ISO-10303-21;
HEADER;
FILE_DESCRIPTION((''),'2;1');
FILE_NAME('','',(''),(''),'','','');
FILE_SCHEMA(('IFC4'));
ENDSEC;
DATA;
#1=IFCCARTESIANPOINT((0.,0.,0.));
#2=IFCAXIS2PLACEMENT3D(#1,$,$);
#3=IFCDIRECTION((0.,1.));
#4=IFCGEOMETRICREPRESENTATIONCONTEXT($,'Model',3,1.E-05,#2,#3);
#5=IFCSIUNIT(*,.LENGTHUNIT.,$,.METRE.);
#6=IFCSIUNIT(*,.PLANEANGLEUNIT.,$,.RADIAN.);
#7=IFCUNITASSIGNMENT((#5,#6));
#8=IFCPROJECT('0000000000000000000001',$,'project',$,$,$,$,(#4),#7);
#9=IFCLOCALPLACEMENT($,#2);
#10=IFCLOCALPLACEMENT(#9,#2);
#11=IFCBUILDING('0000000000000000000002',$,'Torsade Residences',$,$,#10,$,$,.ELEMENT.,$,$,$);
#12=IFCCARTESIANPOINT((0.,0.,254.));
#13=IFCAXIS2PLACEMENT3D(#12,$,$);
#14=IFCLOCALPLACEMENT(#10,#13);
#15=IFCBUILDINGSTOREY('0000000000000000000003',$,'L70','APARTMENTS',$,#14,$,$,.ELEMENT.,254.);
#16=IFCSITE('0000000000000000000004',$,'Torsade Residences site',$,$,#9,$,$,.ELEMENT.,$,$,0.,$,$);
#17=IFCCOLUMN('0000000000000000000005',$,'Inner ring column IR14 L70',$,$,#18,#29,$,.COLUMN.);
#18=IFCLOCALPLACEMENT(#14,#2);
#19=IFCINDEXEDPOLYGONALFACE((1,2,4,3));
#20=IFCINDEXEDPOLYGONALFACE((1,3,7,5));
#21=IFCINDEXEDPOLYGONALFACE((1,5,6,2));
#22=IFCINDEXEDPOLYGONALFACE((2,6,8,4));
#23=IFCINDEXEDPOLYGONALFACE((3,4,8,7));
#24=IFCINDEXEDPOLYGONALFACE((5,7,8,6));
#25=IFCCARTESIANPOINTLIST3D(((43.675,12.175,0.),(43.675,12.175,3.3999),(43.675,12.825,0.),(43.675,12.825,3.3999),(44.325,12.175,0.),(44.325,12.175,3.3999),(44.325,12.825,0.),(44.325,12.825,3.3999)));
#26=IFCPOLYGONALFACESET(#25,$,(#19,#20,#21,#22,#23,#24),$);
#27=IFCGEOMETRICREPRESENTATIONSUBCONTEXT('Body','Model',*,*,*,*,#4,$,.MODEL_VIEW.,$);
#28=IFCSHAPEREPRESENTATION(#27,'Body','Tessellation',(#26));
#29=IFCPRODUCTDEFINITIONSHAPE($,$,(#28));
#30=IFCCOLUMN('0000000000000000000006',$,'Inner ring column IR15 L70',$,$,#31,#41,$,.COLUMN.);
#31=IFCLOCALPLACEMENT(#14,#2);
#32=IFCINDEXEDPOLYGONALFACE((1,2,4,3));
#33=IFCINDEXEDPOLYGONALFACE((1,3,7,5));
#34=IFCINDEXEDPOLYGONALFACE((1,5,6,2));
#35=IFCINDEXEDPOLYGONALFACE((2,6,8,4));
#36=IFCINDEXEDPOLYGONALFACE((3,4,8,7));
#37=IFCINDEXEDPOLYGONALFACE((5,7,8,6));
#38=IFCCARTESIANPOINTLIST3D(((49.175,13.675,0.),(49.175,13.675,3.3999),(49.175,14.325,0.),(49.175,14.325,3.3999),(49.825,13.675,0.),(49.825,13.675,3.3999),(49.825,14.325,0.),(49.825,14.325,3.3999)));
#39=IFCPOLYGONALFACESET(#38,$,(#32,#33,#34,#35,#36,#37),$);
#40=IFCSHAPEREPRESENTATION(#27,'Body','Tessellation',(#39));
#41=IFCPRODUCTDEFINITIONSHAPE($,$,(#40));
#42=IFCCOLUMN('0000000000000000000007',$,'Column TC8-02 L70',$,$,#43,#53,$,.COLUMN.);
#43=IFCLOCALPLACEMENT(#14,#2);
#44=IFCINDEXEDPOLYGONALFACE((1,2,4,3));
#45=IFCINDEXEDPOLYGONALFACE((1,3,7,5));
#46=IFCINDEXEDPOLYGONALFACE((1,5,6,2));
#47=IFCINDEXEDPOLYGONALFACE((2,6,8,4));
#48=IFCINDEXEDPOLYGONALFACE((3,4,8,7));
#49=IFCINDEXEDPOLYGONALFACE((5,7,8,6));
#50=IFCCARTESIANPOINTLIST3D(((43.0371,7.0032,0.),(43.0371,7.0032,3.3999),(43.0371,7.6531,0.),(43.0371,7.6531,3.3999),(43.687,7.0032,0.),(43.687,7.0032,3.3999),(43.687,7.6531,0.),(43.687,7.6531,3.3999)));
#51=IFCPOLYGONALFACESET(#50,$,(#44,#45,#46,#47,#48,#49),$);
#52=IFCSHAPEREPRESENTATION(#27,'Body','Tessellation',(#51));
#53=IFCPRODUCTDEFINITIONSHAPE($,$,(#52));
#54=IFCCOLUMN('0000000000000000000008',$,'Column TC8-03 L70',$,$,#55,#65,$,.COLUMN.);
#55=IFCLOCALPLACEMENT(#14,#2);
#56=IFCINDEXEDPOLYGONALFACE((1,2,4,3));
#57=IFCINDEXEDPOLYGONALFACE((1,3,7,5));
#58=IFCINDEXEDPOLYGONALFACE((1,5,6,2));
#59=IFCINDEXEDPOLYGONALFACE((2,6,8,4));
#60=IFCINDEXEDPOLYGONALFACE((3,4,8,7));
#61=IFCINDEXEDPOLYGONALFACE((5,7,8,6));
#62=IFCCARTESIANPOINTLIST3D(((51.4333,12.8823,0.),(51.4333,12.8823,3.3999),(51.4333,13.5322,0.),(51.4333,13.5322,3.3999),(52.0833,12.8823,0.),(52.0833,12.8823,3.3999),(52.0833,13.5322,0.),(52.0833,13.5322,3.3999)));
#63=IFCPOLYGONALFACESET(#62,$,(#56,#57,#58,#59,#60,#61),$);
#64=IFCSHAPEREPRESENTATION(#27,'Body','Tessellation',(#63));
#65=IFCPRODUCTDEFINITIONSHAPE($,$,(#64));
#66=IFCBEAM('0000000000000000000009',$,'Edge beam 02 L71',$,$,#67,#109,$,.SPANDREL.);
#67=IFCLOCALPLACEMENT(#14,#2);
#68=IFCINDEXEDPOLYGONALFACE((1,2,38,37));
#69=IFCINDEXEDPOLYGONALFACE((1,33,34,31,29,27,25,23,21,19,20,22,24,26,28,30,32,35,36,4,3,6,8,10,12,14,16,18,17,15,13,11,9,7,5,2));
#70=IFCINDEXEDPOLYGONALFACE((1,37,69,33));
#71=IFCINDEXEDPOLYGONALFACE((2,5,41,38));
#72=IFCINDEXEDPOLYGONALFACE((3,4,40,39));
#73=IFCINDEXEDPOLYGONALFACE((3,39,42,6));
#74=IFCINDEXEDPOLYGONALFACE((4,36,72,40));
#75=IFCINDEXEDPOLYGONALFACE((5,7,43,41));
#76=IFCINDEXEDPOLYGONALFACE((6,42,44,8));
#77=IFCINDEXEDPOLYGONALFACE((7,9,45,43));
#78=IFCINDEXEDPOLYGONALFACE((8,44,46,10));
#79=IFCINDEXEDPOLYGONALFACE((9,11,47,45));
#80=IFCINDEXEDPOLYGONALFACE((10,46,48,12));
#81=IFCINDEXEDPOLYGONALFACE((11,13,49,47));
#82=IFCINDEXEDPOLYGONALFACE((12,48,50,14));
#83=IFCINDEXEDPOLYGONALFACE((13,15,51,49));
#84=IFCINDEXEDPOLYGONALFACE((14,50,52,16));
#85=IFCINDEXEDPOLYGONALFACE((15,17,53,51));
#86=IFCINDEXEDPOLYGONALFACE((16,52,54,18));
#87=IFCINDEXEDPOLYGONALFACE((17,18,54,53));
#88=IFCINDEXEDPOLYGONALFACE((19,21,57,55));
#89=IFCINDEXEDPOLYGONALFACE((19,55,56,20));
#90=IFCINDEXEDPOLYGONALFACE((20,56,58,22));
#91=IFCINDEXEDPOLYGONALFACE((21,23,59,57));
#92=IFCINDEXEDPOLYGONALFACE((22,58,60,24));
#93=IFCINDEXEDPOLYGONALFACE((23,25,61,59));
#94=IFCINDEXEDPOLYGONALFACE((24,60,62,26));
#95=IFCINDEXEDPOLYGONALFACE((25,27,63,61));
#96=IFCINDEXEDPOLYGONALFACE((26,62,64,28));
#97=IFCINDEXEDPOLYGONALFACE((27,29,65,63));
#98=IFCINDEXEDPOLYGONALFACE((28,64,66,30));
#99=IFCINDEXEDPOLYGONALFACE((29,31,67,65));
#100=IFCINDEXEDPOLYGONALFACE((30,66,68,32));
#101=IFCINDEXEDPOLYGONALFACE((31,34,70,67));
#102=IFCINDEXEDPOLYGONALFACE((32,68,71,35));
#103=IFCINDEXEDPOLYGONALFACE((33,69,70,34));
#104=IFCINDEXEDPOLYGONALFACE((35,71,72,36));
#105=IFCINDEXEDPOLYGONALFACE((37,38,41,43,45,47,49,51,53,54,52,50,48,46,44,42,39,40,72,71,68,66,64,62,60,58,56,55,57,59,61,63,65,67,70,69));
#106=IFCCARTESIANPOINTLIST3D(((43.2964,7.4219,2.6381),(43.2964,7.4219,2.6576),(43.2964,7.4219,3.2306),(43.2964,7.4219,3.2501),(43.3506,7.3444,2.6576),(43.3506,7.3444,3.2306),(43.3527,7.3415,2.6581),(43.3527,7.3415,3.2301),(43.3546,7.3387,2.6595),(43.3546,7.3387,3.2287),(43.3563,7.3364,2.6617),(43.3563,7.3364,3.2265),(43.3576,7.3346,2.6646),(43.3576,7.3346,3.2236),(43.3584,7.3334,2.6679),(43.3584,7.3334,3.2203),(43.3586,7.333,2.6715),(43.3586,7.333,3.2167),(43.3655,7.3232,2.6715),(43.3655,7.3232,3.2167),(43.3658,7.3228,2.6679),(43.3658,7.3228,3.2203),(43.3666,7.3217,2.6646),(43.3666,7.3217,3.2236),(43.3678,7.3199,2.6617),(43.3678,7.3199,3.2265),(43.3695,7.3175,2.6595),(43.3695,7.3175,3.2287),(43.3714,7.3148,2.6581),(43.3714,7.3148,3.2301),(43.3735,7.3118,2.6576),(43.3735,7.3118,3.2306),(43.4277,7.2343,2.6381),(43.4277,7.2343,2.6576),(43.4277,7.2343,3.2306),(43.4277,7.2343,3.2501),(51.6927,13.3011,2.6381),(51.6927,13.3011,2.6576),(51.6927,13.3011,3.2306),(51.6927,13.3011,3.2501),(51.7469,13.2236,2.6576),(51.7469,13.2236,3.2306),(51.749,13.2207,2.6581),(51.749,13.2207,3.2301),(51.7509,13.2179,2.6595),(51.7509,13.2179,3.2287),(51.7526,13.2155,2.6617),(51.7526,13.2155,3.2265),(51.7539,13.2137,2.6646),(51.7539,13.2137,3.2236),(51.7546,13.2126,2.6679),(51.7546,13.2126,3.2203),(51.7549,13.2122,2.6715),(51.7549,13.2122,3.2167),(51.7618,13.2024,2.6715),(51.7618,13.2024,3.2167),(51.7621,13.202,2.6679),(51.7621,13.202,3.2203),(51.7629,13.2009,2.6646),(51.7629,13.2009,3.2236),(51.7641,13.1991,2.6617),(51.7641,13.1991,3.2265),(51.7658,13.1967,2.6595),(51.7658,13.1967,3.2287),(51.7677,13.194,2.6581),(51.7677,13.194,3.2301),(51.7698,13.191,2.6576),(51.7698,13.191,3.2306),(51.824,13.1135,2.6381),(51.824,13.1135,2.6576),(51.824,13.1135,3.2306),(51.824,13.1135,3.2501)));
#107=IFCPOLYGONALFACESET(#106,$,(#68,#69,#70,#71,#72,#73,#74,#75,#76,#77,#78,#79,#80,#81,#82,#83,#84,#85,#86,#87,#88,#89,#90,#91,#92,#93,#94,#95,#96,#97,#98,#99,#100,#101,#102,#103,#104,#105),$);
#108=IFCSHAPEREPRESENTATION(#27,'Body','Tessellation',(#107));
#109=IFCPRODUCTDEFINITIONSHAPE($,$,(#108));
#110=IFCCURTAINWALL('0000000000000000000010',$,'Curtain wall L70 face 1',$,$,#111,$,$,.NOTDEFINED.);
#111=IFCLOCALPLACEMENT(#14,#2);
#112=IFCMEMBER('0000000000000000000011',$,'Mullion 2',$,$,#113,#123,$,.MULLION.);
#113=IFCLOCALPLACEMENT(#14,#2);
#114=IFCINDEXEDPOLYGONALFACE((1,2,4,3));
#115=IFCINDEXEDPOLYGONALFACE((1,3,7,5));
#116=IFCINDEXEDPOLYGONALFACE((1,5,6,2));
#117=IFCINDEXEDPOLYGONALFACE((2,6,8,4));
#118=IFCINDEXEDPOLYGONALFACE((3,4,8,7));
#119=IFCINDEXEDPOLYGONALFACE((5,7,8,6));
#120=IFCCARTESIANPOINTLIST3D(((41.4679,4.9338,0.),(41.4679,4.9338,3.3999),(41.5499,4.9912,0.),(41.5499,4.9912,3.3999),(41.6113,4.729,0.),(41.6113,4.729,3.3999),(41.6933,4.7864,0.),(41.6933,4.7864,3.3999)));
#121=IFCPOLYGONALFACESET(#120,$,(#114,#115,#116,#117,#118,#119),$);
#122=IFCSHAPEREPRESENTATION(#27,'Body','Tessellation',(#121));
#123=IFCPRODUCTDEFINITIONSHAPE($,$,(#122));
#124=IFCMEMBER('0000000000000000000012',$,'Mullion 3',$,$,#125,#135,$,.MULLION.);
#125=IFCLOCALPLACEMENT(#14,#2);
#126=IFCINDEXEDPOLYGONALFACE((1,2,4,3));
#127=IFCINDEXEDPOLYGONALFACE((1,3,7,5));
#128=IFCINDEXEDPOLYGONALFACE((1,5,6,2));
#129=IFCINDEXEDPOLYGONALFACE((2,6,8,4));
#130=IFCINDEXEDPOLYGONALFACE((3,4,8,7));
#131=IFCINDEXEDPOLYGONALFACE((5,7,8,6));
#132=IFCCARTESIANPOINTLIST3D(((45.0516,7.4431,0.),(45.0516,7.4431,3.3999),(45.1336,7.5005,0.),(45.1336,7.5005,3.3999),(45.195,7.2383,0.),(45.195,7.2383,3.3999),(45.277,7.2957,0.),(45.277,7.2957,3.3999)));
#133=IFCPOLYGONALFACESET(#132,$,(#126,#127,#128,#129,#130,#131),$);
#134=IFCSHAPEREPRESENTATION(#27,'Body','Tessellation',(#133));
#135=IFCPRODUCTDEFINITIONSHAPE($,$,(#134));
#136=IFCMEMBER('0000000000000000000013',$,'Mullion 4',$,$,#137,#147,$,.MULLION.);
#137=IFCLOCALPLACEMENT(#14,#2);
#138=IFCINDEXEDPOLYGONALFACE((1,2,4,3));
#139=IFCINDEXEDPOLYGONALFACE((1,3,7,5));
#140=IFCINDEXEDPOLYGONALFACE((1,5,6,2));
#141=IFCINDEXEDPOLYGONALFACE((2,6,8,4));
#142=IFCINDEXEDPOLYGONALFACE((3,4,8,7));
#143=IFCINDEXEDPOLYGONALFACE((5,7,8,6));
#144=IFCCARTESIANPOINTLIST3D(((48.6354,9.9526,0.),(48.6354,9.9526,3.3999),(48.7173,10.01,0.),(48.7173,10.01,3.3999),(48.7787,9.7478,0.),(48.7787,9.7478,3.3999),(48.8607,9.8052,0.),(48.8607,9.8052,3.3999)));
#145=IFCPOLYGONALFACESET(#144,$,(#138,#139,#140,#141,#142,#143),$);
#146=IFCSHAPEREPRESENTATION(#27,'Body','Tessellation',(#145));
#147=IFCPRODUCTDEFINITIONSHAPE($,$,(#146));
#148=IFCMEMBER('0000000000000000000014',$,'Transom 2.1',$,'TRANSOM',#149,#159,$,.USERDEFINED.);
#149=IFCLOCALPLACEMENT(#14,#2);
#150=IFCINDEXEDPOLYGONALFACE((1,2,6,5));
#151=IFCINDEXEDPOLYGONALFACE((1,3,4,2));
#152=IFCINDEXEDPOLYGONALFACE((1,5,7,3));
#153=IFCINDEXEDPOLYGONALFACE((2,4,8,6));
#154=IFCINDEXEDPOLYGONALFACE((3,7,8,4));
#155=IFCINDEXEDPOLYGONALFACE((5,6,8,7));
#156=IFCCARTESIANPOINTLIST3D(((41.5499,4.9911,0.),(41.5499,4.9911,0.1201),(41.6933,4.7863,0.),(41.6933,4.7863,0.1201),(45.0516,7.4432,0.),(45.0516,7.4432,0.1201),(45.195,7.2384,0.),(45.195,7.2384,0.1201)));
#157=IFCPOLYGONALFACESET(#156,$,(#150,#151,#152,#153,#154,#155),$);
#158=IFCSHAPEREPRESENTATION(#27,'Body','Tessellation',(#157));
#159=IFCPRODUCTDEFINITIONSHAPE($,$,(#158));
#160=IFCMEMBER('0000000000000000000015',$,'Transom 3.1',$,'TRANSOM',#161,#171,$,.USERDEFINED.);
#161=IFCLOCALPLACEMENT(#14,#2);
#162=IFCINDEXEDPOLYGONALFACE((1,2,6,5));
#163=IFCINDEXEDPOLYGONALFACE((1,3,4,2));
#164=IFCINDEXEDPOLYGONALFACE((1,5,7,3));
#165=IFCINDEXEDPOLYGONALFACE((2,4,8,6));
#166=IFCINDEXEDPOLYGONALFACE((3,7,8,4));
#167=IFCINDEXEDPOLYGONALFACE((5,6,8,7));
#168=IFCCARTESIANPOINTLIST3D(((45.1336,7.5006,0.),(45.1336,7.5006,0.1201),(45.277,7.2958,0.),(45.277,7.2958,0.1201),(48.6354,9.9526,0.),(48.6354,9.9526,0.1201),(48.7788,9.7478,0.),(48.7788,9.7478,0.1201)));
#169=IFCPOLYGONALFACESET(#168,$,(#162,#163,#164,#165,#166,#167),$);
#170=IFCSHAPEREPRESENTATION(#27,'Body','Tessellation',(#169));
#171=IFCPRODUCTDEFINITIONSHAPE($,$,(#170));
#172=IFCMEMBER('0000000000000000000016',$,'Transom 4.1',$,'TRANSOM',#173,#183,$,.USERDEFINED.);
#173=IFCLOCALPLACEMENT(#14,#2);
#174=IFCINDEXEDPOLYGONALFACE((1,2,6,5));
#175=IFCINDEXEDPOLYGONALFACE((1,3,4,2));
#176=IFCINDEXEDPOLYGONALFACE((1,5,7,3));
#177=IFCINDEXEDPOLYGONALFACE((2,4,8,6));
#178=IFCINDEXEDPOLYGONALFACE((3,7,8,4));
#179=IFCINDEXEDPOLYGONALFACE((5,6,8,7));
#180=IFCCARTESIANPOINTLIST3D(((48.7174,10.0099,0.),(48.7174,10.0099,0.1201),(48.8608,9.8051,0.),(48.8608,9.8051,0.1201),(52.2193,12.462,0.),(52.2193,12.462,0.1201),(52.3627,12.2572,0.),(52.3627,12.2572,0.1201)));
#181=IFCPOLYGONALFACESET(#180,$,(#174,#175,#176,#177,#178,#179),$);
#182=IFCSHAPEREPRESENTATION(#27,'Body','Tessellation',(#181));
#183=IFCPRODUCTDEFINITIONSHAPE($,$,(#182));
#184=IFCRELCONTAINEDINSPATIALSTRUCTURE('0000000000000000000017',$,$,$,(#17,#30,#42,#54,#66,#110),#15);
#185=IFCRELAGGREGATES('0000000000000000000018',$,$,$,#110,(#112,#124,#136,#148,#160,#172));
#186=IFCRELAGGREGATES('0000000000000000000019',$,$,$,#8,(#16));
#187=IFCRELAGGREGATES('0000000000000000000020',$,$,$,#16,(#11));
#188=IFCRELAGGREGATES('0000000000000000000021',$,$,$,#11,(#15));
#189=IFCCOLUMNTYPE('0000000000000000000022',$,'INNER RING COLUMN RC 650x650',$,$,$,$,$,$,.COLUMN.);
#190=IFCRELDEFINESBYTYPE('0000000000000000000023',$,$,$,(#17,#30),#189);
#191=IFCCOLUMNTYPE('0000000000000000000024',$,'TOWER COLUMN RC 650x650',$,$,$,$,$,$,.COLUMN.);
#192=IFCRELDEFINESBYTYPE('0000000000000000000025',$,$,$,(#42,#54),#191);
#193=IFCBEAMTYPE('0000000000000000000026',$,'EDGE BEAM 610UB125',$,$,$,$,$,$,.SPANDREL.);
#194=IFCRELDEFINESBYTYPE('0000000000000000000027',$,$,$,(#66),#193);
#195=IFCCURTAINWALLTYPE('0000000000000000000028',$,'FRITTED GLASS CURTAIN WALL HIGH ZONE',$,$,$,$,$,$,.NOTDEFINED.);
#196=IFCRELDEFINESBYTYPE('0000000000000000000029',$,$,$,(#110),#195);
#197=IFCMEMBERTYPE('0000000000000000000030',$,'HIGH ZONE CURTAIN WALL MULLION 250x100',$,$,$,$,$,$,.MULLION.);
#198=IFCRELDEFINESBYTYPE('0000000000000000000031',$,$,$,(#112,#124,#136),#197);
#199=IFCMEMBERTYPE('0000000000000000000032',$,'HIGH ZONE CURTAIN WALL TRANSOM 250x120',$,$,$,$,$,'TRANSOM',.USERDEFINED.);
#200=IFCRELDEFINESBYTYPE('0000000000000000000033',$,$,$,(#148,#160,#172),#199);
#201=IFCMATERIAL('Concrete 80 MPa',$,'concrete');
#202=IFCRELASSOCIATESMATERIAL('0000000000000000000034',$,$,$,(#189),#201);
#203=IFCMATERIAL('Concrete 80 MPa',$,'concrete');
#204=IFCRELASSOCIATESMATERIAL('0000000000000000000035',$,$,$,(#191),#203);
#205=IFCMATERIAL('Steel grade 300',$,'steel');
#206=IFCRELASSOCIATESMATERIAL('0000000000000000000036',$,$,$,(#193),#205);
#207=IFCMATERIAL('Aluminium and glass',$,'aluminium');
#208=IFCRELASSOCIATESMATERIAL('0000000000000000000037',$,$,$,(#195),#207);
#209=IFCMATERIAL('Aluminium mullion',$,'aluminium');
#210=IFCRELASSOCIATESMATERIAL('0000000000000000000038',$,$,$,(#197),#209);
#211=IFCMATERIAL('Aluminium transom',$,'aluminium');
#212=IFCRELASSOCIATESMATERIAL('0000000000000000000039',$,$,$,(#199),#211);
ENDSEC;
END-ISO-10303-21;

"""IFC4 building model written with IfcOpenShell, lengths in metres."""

from ifc_helpers import new_model, si_unit, direction, frame, origin, origin_2d, place, context, subcontext, project, spatial, rectangle, i_section, extrude, material, material_profile, profile_set, type_object, element, aggregate, save


model = new_model("IFC4")

# Units and contexts
model_context = context("Model", 3, precision=1e-05, world=origin(), true_north=direction((0.0, 1.0)))
body_context = subcontext(model_context, "Body", "Model", "MODEL_VIEW")
ifc_project = project(units=[si_unit("LENGTHUNIT", "METRE"), si_unit("PLANEANGLEUNIT", "RADIAN")], contexts=[model_context])

# Site, building, storey
site_placement = place(None, origin())
site = spatial("IfcSite", under=ifc_project, at=site_placement, Name="Torsade Residences site", CompositionType="ELEMENT", RefElevation=0.0)
building_placement = place(site_placement, origin())
building = spatial("IfcBuilding", under=site, at=building_placement, Name="Torsade Residences", CompositionType="ELEMENT")
storey_placement = place(building_placement, frame((0.0, 0.0, 254.0)))
storey = spatial("IfcBuildingStorey", under=building, at=storey_placement, Name="L70", Description="APARTMENTS", CompositionType="ELEMENT", Elevation=254.0)

# Columns
ifc_material_1 = material(Name="Concrete 80 MPa", Category="concrete")
ifc_material_profile_1 = material_profile(ifc_material_1, rectangle(XDim=0.6499, YDim=0.6499, at=origin_2d()), Name="RC 650x650")
ifc_profile_set_1 = profile_set([ifc_material_profile_1], Name="Concrete 80 MPa")
column_type_1 = type_object("IfcColumnType", Name="INNER RING COLUMN RC 650x650", PredefinedType="COLUMN", material=ifc_profile_set_1)
for number, where, z_axis, x_axis, name in (
    (1, (44.0, 12.5, 0.0), (0.0, 0.0, 1.0), (1.0, 0.0, 0.0), "Inner ring column IR14 L70"),
    (2, (49.5, 14.0, 0.0), (0.0, 0.0, 1.0), (1.0, 0.0, 0.0), "Inner ring column IR15 L70"),
):
    element("IfcColumn", number, at=place(storey_placement, frame(where, z_axis=z_axis, x_axis=x_axis)), inside=storey, type_object=column_type_1, Name=name, PredefinedType="COLUMN", context=body_context, shape_type="SweptSolid", body=[
        extrude(rectangle(XDim=0.6499, YDim=0.6499, at=origin_2d()), origin(), (0.0, 0.0, 1.0), 3.3999),
    ])
ifc_material_2 = material(Name="Concrete 80 MPa", Category="concrete")
ifc_material_profile_2 = material_profile(ifc_material_2, rectangle(XDim=0.6499, YDim=0.6499, at=origin_2d()), Name="RC 650x650")
ifc_profile_set_2 = profile_set([ifc_material_profile_2], Name="Concrete 80 MPa")
column_type_2 = type_object("IfcColumnType", Name="TOWER COLUMN RC 650x650", PredefinedType="COLUMN", material=ifc_profile_set_2)
for number, where, z_axis, x_axis, name in (
    (3, (43.3621, 7.3281, 0.0), (0.0, 0.0, 1.0), (1.0, 0.0, 0.0), "Column TC8-02 L70"),
    (4, (51.7583, 13.2073, 0.0), (0.0, 0.0, 1.0), (1.0, 0.0, 0.0), "Column TC8-03 L70"),
):
    element("IfcColumn", number, at=place(storey_placement, frame(where, z_axis=z_axis, x_axis=x_axis)), inside=storey, type_object=column_type_2, Name=name, PredefinedType="COLUMN", context=body_context, shape_type="SweptSolid", body=[
        extrude(rectangle(XDim=0.6499, YDim=0.6499, at=origin_2d()), origin(), (0.0, 0.0, 1.0), 3.3999),
    ])

# Beam
ifc_material_3 = material(Name="Steel grade 300", Category="steel")
ifc_material_profile_3 = material_profile(ifc_material_3, i_section(OverallWidth=0.229, OverallDepth=0.6121, WebThickness=0.012, FlangeThickness=0.0195, FilletRadius=0.0139, at=origin_2d()), Name="610UB125")
ifc_profile_set_3 = profile_set([ifc_material_profile_3], Name="Steel grade 300")
beam_type_1 = type_object("IfcBeamType", Name="EDGE BEAM 610UB125", PredefinedType="SPANDREL", material=ifc_profile_set_3)
beam_1_placement = place(storey_placement, frame((43.3621, 7.3281, 2.9441), z_axis=(0.81915, 0.573579, 0.0), x_axis=(-0.573579, 0.81915, 0.0)))
element("IfcBeam", 5, at=beam_1_placement, inside=storey, type_object=beam_type_1, Name="Edge beam 02 L71", PredefinedType="SPANDREL", context=body_context, shape_type="SweptSolid", body=[
    extrude(i_section(OverallWidth=0.229, OverallDepth=0.6121, WebThickness=0.012, FlangeThickness=0.0195, FilletRadius=0.0139, at=origin_2d()), origin(), (0.0, 0.0, 1.0), 10.25),
])

# Curtain wall, members
ifc_material_4 = material(Name="Aluminium and glass", Category="aluminium")
curtain_wall_type = type_object("IfcCurtainWallType", Name="FRITTED GLASS CURTAIN WALL HIGH ZONE", PredefinedType="NOTDEFINED", material=ifc_material_4)
curtain_wall_placement = place(storey_placement, origin())
curtain_wall = element("IfcCurtainWall", 6, at=curtain_wall_placement, inside=storey, type_object=curtain_wall_type, Name="Curtain wall L70 face 1", PredefinedType="NOTDEFINED")
ifc_material_5 = material(Name="Aluminium mullion", Category="aluminium")
ifc_material_profile_4 = material_profile(ifc_material_5, rectangle(XDim=0.25, YDim=0.1001, at=origin_2d()), Name="HIGH ZONE CURTAIN WALL MULLION 250x100")
ifc_profile_set_4 = profile_set([ifc_material_profile_4], Name="Aluminium mullion")
member_type_1 = type_object("IfcMemberType", Name="HIGH ZONE CURTAIN WALL MULLION 250x100", PredefinedType="MULLION", material=ifc_profile_set_4)
member_1_placement = place(storey_placement, frame((41.5806, 4.8601, 0.0), z_axis=(0.0, 0.0, 1.0), x_axis=(-0.573576, 0.819152, 0.0)))
member_1 = element("IfcMember", 7, at=member_1_placement, type_object=member_type_1, Name="Mullion 2", PredefinedType="MULLION", context=body_context, shape_type="SweptSolid", body=[
    extrude(rectangle(XDim=0.25, YDim=0.1001, at=origin_2d()), origin(), (0.0, 0.0, 1.0), 3.3999),
])
member_2_placement = place(storey_placement, frame((45.1643, 7.3694, 0.0), z_axis=(0.0, 0.0, 1.0), x_axis=(-0.573576, 0.819152, 0.0)))
member_2 = element("IfcMember", 8, at=member_2_placement, type_object=member_type_1, Name="Mullion 3", PredefinedType="MULLION", context=body_context, shape_type="SweptSolid", body=[
    extrude(rectangle(XDim=0.25, YDim=0.1001, at=origin_2d()), origin(), (0.0, 0.0, 1.0), 3.3999),
])
member_3_placement = place(storey_placement, frame((48.748, 9.8789, 0.0), z_axis=(0.0, 0.0, 1.0), x_axis=(-0.573576, 0.819152, 0.0)))
member_3 = element("IfcMember", 9, at=member_3_placement, type_object=member_type_1, Name="Mullion 4", PredefinedType="MULLION", context=body_context, shape_type="SweptSolid", body=[
    extrude(rectangle(XDim=0.25, YDim=0.1001, at=origin_2d()), origin(), (0.0, 0.0, 1.0), 3.3999),
])
ifc_material_6 = material(Name="Aluminium transom", Category="aluminium")
ifc_material_profile_5 = material_profile(ifc_material_6, rectangle(XDim=0.25, YDim=0.1201, at=origin_2d()), Name="HIGH ZONE CURTAIN WALL TRANSOM 250x120")
ifc_profile_set_5 = profile_set([ifc_material_profile_5], Name="Aluminium transom")
member_type_2 = type_object("IfcMemberType", Name="HIGH ZONE CURTAIN WALL TRANSOM 250x120", ElementType="TRANSOM", PredefinedType="USERDEFINED", material=ifc_profile_set_5)
member_4_placement = place(storey_placement, frame((41.6216, 4.8887, 0.0601), z_axis=(0.819127, 0.573612, 0.0), x_axis=(-0.573612, 0.819127, 0.0)))
member_4 = element("IfcMember", 10, at=member_4_placement, type_object=member_type_2, Name="Transom 2.1", ObjectType="TRANSOM", PredefinedType="USERDEFINED", context=body_context, shape_type="SweptSolid", body=[
    extrude(rectangle(XDim=0.25, YDim=0.1201, at=origin_2d()), origin(), (0.0, 0.0, 1.0), 4.2749),
])
member_5_placement = place(storey_placement, frame((45.2053, 7.3982, 0.0601), z_axis=(0.819154, 0.573573, 0.0), x_axis=(-0.573573, 0.819154, 0.0)))
member_5 = element("IfcMember", 11, at=member_5_placement, type_object=member_type_2, Name="Transom 3.1", ObjectType="TRANSOM", PredefinedType="USERDEFINED", context=body_context, shape_type="SweptSolid", body=[
    extrude(rectangle(XDim=0.25, YDim=0.1201, at=origin_2d()), origin(), (0.0, 0.0, 1.0), 4.2749),
])
member_6_placement = place(storey_placement, frame((48.7891, 9.9075, 0.0601), z_axis=(0.819146, 0.573585, 0.0), x_axis=(-0.573585, 0.819146, 0.0)))
member_6 = element("IfcMember", 12, at=member_6_placement, type_object=member_type_2, Name="Transom 4.1", ObjectType="TRANSOM", PredefinedType="USERDEFINED", context=body_context, shape_type="SweptSolid", body=[
    extrude(rectangle(XDim=0.25, YDim=0.1201, at=origin_2d()), origin(), (0.0, 0.0, 1.0), 4.2751),
])

aggregate(curtain_wall, [member_1, member_2, member_3, member_4, member_5, member_6])

save(model, "model.ifc")
